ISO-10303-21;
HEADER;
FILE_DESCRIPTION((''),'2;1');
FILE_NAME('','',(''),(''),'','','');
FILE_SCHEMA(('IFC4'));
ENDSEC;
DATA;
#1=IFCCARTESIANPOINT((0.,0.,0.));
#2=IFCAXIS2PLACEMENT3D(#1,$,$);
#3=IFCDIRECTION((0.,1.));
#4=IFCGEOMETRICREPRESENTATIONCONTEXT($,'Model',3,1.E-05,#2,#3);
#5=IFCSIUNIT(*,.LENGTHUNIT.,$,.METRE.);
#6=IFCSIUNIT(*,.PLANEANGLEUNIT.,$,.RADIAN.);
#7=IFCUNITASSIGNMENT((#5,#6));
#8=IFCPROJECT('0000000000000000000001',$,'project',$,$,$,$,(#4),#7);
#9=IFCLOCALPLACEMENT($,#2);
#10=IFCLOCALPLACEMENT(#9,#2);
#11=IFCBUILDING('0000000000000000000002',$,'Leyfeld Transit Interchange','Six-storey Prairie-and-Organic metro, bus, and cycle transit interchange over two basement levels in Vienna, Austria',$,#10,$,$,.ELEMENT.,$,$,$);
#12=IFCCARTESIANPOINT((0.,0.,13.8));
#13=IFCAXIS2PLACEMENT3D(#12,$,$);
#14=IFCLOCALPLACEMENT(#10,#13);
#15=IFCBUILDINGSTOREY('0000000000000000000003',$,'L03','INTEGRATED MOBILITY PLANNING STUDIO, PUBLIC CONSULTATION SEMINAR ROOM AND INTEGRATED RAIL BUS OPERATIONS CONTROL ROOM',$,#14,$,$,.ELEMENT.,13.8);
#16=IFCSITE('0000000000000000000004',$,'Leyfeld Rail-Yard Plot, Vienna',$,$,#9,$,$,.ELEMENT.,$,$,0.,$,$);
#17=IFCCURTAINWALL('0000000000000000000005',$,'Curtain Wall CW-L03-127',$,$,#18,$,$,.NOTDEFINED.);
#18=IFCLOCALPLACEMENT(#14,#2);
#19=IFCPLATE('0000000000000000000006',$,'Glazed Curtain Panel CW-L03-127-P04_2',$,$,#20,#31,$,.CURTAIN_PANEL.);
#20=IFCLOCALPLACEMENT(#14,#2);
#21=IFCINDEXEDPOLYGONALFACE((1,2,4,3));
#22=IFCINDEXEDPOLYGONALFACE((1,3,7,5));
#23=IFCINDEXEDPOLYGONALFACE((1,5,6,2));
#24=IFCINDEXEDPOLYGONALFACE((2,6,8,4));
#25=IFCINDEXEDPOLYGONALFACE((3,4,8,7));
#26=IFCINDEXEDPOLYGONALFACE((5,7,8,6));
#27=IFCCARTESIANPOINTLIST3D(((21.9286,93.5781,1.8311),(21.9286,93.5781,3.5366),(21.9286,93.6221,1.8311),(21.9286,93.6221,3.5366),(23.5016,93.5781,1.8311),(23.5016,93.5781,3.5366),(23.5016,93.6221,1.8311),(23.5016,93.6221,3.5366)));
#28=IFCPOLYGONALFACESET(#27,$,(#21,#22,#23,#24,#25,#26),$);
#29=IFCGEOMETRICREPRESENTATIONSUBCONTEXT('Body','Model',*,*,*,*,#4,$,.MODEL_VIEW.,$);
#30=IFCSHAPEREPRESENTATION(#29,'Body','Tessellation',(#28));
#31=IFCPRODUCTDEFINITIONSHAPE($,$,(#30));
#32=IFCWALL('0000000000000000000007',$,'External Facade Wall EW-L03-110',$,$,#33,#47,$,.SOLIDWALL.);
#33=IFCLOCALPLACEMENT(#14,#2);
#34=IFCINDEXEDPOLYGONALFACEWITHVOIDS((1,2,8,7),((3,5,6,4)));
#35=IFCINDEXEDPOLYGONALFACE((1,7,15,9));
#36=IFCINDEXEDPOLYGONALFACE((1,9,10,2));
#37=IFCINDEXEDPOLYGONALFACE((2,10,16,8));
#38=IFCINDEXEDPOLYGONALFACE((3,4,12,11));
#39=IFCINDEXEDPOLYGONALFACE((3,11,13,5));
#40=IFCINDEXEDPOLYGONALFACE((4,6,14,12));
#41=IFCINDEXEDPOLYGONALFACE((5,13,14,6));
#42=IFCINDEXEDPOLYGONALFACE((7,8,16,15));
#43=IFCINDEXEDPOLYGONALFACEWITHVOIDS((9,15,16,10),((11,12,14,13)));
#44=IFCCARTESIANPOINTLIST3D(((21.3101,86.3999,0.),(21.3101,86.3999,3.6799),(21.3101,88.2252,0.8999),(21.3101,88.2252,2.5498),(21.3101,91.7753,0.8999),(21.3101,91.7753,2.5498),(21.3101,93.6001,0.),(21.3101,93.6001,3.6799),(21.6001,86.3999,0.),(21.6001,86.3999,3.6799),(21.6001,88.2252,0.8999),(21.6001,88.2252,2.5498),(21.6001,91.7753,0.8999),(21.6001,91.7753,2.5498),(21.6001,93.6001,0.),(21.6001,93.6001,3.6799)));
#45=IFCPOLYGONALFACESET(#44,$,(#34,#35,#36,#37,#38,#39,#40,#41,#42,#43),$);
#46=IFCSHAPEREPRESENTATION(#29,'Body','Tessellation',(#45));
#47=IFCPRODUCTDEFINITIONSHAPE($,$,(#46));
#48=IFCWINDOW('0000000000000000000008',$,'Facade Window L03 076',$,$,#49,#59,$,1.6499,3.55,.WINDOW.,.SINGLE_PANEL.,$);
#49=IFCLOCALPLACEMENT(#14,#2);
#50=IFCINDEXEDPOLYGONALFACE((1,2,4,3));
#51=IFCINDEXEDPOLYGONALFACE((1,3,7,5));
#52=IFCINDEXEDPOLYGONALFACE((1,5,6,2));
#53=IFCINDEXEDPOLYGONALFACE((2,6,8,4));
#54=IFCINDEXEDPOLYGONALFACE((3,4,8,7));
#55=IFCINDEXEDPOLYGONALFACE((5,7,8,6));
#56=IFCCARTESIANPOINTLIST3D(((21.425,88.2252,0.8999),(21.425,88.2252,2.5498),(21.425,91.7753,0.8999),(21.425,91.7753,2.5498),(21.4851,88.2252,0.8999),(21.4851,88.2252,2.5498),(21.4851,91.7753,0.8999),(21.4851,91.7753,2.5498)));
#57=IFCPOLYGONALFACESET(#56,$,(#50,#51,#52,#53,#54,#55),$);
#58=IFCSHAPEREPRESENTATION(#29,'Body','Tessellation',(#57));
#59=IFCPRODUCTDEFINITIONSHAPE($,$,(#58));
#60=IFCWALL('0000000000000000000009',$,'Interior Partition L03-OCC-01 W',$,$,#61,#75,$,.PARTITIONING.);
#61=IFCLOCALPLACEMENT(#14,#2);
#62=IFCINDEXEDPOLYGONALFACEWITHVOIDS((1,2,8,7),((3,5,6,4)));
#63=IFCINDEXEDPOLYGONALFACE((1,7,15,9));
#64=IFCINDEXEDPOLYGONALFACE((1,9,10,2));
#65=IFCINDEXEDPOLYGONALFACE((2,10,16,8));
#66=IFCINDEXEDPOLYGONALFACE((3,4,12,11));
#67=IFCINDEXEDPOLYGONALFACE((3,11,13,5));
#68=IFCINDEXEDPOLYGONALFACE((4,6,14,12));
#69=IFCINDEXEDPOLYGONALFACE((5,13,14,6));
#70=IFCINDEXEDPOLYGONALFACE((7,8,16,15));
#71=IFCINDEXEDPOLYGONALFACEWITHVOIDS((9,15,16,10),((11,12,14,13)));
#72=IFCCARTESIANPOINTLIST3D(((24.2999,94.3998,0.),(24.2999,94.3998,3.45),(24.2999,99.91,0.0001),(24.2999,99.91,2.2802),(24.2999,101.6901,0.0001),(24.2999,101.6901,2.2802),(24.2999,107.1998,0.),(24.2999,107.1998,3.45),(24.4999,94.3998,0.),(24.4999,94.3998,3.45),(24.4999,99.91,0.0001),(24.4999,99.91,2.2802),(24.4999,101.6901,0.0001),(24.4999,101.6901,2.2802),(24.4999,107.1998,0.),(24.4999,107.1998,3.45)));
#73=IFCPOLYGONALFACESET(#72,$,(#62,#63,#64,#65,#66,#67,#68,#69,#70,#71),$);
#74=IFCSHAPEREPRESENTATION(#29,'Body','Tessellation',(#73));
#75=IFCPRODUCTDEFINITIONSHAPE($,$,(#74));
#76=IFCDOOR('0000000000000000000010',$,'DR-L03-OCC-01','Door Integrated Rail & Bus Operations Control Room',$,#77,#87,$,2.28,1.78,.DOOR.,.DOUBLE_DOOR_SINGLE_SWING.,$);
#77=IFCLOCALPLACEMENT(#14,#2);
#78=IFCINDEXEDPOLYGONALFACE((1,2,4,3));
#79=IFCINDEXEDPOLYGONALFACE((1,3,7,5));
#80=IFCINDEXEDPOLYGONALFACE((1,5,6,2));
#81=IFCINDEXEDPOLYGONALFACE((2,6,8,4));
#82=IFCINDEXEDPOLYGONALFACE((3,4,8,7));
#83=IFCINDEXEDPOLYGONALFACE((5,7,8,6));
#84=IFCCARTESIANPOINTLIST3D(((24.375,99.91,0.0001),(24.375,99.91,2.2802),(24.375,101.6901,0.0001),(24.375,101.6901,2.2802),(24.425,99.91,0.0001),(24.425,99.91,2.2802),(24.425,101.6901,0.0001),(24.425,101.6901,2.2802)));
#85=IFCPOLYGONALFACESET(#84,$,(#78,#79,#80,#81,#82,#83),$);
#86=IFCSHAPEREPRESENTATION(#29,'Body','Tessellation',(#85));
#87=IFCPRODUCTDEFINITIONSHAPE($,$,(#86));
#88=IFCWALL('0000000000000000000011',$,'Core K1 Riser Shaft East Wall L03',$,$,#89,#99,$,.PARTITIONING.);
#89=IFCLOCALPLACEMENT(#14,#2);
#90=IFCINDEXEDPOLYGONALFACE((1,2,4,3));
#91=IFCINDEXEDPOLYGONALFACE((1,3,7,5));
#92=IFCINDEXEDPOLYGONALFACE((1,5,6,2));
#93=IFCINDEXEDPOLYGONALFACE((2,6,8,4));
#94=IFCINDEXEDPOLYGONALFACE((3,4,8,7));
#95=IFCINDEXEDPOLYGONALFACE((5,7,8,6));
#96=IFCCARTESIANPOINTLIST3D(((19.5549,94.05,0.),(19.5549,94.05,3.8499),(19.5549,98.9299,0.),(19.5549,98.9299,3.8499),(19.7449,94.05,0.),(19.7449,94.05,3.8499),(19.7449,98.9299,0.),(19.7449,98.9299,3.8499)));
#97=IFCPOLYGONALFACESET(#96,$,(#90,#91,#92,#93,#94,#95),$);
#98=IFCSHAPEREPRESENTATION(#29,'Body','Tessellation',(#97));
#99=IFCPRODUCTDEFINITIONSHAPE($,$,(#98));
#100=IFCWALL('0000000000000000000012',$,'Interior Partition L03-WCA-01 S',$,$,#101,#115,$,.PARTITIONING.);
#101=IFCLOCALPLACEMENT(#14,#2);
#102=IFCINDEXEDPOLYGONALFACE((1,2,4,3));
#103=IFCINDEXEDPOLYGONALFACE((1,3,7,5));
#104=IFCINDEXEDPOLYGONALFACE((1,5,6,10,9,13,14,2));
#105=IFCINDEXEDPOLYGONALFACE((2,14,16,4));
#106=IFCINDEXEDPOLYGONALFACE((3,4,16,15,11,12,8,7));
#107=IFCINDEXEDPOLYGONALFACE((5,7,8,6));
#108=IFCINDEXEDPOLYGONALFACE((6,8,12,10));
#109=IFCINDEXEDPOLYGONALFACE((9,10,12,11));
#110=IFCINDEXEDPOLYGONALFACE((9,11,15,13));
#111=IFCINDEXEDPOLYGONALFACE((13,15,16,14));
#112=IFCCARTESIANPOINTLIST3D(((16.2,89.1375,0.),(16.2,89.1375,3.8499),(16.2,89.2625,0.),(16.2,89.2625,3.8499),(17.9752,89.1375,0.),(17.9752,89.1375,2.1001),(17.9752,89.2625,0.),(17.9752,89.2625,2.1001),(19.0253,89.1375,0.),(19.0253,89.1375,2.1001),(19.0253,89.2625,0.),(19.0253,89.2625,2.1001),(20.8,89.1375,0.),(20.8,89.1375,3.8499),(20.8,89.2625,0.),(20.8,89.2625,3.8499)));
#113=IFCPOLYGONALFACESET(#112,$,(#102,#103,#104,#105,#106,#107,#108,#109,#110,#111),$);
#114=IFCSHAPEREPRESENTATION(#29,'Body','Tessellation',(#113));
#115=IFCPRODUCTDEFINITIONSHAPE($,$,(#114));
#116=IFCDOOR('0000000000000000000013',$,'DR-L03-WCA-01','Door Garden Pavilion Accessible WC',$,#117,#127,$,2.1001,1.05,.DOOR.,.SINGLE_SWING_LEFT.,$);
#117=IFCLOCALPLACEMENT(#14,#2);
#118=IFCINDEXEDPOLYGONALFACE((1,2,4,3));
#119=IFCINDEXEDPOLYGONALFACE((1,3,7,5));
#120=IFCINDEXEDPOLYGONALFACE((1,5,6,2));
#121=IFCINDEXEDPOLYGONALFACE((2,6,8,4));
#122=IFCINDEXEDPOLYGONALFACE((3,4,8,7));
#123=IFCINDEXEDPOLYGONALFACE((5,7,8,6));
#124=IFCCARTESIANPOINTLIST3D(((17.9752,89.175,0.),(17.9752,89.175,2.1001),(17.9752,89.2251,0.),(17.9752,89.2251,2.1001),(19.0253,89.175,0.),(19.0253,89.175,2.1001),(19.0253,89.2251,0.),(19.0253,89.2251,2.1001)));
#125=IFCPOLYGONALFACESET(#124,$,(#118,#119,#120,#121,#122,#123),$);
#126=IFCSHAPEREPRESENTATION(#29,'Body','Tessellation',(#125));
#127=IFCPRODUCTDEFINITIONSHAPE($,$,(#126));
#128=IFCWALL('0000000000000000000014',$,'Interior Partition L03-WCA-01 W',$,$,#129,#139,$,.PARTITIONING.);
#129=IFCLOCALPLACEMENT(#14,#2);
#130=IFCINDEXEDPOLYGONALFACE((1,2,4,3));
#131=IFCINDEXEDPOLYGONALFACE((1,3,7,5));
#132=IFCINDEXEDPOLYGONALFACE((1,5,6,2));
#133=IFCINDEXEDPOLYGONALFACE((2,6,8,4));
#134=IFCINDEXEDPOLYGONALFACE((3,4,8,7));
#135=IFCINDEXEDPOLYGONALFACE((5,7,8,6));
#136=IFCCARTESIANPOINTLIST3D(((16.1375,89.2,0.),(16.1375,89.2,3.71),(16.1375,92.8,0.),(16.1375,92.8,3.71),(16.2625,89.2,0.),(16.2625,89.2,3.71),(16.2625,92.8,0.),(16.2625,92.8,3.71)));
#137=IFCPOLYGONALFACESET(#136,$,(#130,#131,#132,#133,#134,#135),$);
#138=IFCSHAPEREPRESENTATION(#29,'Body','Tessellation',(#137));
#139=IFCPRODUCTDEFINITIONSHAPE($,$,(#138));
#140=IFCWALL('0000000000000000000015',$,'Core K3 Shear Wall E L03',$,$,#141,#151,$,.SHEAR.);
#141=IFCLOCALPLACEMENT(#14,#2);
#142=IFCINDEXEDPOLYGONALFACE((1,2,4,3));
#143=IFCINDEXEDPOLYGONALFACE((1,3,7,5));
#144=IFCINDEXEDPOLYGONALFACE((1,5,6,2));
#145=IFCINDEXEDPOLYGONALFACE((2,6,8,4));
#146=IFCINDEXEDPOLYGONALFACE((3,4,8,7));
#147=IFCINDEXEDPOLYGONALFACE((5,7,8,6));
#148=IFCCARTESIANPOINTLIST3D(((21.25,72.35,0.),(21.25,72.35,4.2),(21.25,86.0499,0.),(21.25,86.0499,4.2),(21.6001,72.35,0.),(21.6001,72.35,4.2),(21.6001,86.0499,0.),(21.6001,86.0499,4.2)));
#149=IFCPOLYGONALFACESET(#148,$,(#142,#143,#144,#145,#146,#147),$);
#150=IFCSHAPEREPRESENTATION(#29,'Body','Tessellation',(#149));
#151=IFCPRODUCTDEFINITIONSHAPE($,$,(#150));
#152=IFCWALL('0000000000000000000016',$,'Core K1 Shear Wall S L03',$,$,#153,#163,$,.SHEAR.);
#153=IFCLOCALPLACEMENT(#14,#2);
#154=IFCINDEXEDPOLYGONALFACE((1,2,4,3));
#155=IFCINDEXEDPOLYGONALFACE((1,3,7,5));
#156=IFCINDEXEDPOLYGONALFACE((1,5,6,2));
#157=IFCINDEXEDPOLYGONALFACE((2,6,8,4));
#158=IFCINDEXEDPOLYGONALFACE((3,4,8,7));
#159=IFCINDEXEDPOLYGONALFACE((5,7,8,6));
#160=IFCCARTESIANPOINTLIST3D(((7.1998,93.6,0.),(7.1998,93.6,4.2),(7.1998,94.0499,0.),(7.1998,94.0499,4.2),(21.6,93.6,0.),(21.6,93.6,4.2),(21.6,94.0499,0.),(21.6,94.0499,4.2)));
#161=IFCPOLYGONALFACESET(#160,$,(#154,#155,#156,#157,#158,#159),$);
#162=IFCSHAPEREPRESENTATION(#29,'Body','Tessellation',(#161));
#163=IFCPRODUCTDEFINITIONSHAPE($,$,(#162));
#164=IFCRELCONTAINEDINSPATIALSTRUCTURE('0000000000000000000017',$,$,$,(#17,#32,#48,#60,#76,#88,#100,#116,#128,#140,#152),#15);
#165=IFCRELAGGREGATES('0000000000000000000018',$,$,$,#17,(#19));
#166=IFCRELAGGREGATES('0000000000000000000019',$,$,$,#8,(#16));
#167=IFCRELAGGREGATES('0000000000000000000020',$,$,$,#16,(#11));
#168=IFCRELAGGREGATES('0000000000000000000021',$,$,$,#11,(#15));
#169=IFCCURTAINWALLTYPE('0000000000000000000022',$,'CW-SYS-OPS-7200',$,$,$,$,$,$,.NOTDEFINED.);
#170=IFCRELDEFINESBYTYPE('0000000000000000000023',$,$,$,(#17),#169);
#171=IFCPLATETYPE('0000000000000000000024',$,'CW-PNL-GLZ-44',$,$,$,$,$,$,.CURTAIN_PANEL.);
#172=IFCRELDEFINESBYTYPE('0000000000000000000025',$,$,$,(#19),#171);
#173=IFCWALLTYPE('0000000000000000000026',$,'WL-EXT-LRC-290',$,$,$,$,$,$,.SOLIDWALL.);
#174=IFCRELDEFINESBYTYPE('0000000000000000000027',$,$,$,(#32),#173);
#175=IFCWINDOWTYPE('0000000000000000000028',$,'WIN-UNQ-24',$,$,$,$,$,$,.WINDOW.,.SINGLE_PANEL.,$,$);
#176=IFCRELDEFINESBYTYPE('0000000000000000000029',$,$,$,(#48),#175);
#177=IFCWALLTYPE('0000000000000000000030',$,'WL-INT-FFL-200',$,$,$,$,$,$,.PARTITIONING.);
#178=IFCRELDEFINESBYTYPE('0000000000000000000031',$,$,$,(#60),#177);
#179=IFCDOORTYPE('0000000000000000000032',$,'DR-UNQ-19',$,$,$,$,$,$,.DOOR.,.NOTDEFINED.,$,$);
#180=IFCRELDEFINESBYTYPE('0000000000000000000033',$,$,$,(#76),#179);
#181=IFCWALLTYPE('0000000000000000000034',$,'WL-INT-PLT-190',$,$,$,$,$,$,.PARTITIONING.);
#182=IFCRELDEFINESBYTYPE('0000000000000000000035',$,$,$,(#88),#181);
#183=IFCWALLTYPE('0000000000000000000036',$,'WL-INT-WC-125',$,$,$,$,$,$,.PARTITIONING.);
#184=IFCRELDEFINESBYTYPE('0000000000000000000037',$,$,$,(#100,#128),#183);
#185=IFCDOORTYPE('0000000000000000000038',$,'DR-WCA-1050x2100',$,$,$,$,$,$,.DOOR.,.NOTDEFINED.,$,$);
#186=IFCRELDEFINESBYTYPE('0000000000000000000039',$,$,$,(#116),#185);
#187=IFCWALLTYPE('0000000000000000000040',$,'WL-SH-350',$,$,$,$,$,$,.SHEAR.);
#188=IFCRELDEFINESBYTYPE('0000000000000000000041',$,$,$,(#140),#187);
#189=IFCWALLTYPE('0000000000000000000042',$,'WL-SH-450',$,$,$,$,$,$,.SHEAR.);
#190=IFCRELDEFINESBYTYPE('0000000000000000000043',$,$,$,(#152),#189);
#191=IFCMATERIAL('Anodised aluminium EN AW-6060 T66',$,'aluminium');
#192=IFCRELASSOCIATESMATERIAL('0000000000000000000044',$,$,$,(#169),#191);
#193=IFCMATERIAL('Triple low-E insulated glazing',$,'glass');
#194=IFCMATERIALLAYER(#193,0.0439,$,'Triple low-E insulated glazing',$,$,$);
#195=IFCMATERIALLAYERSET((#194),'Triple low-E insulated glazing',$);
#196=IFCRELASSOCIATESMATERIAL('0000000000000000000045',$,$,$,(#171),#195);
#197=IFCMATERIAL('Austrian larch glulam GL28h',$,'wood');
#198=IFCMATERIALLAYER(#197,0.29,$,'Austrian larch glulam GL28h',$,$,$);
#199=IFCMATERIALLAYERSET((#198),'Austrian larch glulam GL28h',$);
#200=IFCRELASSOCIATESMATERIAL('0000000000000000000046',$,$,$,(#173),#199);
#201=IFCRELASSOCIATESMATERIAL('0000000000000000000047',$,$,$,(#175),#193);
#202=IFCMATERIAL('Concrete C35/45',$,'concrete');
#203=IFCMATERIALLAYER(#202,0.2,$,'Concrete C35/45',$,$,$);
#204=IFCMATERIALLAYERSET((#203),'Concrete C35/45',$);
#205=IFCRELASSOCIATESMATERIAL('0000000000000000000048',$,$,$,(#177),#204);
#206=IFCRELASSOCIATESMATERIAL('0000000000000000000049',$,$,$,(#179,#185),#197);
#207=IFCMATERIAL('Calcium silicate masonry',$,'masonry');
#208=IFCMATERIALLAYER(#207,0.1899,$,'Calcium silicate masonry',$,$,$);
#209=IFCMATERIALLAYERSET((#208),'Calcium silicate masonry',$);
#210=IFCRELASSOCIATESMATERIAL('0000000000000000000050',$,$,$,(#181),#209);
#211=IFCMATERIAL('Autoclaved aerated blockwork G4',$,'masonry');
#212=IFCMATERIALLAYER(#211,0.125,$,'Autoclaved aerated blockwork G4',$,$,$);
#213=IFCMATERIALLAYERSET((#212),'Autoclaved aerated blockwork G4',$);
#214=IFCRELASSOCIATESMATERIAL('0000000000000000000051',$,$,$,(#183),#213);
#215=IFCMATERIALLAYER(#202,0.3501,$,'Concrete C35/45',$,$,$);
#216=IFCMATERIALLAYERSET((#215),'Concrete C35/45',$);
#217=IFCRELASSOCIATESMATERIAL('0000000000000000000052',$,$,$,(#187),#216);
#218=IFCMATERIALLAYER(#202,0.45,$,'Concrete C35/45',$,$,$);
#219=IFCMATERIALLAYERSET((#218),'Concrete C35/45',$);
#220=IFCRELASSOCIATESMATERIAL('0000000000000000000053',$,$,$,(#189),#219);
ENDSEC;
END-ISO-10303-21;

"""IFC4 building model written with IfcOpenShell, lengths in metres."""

from ifc_helpers import new_model, si_unit, direction, frame, frame_2d, origin, origin_2d, place, context, subcontext, project, spatial, rectangle, extrude, material, layer, layer_set, type_object, element, fill, aggregate, save


model = new_model("IFC4")

# Units and contexts
model_context = context("Model", 3, precision=1e-05, world=origin(), true_north=direction((0.0, 1.0)))
body_context = subcontext(model_context, "Body", "Model", "MODEL_VIEW")
ifc_project = project(units=[si_unit("LENGTHUNIT", "METRE"), si_unit("PLANEANGLEUNIT", "RADIAN")], contexts=[model_context])

# Site, building, storey
site_placement = place(None, origin())
site = spatial("IfcSite", under=ifc_project, at=site_placement, Name="Leyfeld Rail-Yard Plot, Vienna", CompositionType="ELEMENT", RefElevation=0.0)
building_placement = place(site_placement, origin())
building = spatial("IfcBuilding", under=site, at=building_placement, Name="Leyfeld Transit Interchange", Description="Six-storey Prairie-and-Organic metro, bus, and cycle transit interchange over two basement levels in Vienna, Austria", CompositionType="ELEMENT")
storey_placement = place(building_placement, frame((0.0, 0.0, 13.8)))
storey = spatial("IfcBuildingStorey", under=building, at=storey_placement, Name="L03", Description="INTEGRATED MOBILITY PLANNING STUDIO, PUBLIC CONSULTATION SEMINAR ROOM AND INTEGRATED RAIL BUS OPERATIONS CONTROL ROOM", CompositionType="ELEMENT", Elevation=13.8)

# Shared definitions
ifc_material_1 = material(Name="Concrete C35/45", Category="concrete")

# Curtain wall, plate
ifc_material_2 = material(Name="Anodised aluminium EN AW-6060 T66", Category="aluminium")
curtain_wall_type = type_object("IfcCurtainWallType", Name="CW-SYS-OPS-7200", PredefinedType="NOTDEFINED", material=ifc_material_2)
curtain_wall_placement = place(storey_placement, origin())
curtain_wall = element("IfcCurtainWall", 1, at=curtain_wall_placement, inside=storey, type_object=curtain_wall_type, Name="Curtain Wall CW-L03-127", PredefinedType="NOTDEFINED")
ifc_material_3 = material(Name="Triple low-E insulated glazing", Category="glass")
ifc_layer_1 = layer(ifc_material_3, 0.0439, Name="Triple low-E insulated glazing")
ifc_layer_set_1 = layer_set([ifc_layer_1], Name="Triple low-E insulated glazing")
plate_type = type_object("IfcPlateType", Name="CW-PNL-GLZ-44", PredefinedType="CURTAIN_PANEL", material=ifc_layer_set_1)
plate_1_placement = place(storey_placement, frame((22.7151, 93.6001, 1.8311), z_axis=(0.0, 0.0, 1.0), x_axis=(-1.0, 0.0, 0.0)))
plate_1 = element("IfcPlate", 2, at=plate_1_placement, type_object=plate_type, Name="Glazed Curtain Panel CW-L03-127-P04_2", PredefinedType="CURTAIN_PANEL", context=body_context, shape_type="SweptSolid", body=[
    extrude(rectangle(XDim=1.573, YDim=0.0439, at=origin_2d()), origin(), (0.0, 0.0, 1.0), 1.7056),
])
aggregate(curtain_wall, [plate_1])

# Wall, opening, window
ifc_material_4 = material(Name="Austrian larch glulam GL28h", Category="wood")
ifc_layer_2 = layer(ifc_material_4, 0.29, Name="Austrian larch glulam GL28h")
ifc_layer_set_2 = layer_set([ifc_layer_2], Name="Austrian larch glulam GL28h")
wall_type_1 = type_object("IfcWallType", Name="WL-EXT-LRC-290", PredefinedType="SOLIDWALL", material=ifc_layer_set_2)
wall_1_placement = place(storey_placement, frame((21.4551, 93.6001, 0.0), z_axis=(0.0, 0.0, 1.0), x_axis=(0.0, -1.0, 0.0)))
wall_1 = element("IfcWall", 3, at=wall_1_placement, inside=storey, type_object=wall_type_1, Name="External Facade Wall EW-L03-110", PredefinedType="SOLIDWALL", context=body_context, shape_type="SweptSolid", body=[
    extrude(rectangle(XDim=7.2002, YDim=0.29, at=frame_2d((3.6001, 0.0))), origin(), (0.0, 0.0, 1.0), 3.6799),
])
opening_1_placement = place(wall_1_placement, frame((1.825, 0.0, 0.8999)))
opening_1 = element("IfcOpeningElement", 4, at=opening_1_placement, cuts=wall_1, PredefinedType="OPENING", context=body_context, shape_type="SweptSolid", body=[
    extrude(rectangle(XDim=3.55, YDim=1.6499, at=frame_2d((1.7749, 0.825))), frame((0.0, 0.155, 0.0), z_axis=(0.0, -1.0, 0.0), x_axis=(1.0, 0.0, 0.0)), (0.0, 0.0, 1.0), 0.3101),
])
window_type = type_object("IfcWindowType", Name="WIN-UNQ-24", PartitioningType="SINGLE_PANEL", PredefinedType="WINDOW", material=ifc_material_3)
window_placement = place(opening_1_placement, origin())
window = element("IfcWindow", 5, at=window_placement, inside=storey, type_object=window_type, Name="Facade Window L03 076", OverallHeight=1.6499, OverallWidth=3.55, PartitioningType="SINGLE_PANEL", PredefinedType="WINDOW", context=body_context, shape_type="SweptSolid", body=[
    extrude(rectangle(XDim=3.55, YDim=1.6499, at=frame_2d((1.7749, 0.825))), frame((0.0, 0.03, 0.0), z_axis=(0.0, -1.0, 0.0), x_axis=(1.0, 0.0, 0.0)), (0.0, 0.0, 1.0), 0.0601),
])
fill(opening_1, window)

# Wall, opening, door
ifc_layer_3 = layer(ifc_material_1, 0.2, Name="Concrete C35/45")
ifc_layer_set_3 = layer_set([ifc_layer_3], Name="Concrete C35/45")
wall_type_2 = type_object("IfcWallType", Name="WL-INT-FFL-200", PredefinedType="PARTITIONING", material=ifc_layer_set_3)
wall_2_placement = place(storey_placement, frame((24.3999, 94.3999, 0.0), z_axis=(0.0, 0.0, 1.0), x_axis=(0.0, 1.0, 0.0)))
wall_2 = element("IfcWall", 6, at=wall_2_placement, inside=storey, type_object=wall_type_2, Name="Interior Partition L03-OCC-01 W", PredefinedType="PARTITIONING", context=body_context, shape_type="SweptSolid", body=[
    extrude(rectangle(XDim=12.8, YDim=0.2, at=frame_2d((6.3999, 0.0))), origin(), (0.0, 0.0, 1.0), 3.45),
])
opening_2_placement = place(wall_2_placement, frame((5.51, 0.0, 0.0)))
opening_2 = element("IfcOpeningElement", 7, at=opening_2_placement, cuts=wall_2, PredefinedType="OPENING", context=body_context, shape_type="SweptSolid", body=[
    extrude(rectangle(XDim=1.78, YDim=2.28, at=frame_2d((0.8901, 1.1401))), frame((0.0, 0.1099, 0.0), z_axis=(0.0, -1.0, 0.0), x_axis=(1.0, 0.0, 0.0)), (0.0, 0.0, 1.0), 0.22),
])
door_type_1 = type_object("IfcDoorType", Name="DR-UNQ-19", OperationType="NOTDEFINED", PredefinedType="DOOR", material=ifc_material_4)
door_1_placement = place(opening_2_placement, origin())
door_1 = element("IfcDoor", 8, at=door_1_placement, inside=storey, type_object=door_type_1, Name="DR-L03-OCC-01", Description="Door Integrated Rail & Bus Operations Control Room", OperationType="DOUBLE_DOOR_SINGLE_SWING", OverallHeight=2.28, OverallWidth=1.78, PredefinedType="DOOR", context=body_context, shape_type="SweptSolid", body=[
    extrude(rectangle(XDim=1.78, YDim=2.28, at=frame_2d((0.8901, 1.1401))), frame((0.0, 0.0249, 0.0), z_axis=(0.0, -1.0, 0.0), x_axis=(1.0, 0.0, 0.0)), (0.0, 0.0, 1.0), 0.05),
])
fill(opening_2, door_1)

# Wall
ifc_material_5 = material(Name="Calcium silicate masonry", Category="masonry")
ifc_layer_4 = layer(ifc_material_5, 0.1899, Name="Calcium silicate masonry")
ifc_layer_set_4 = layer_set([ifc_layer_4], Name="Calcium silicate masonry")
wall_type_3 = type_object("IfcWallType", Name="WL-INT-PLT-190", PredefinedType="PARTITIONING", material=ifc_layer_set_4)
wall_3_placement = place(storey_placement, frame((19.6499, 94.05, 0.0), z_axis=(0.0, 0.0, 1.0), x_axis=(0.0, 1.0, 0.0)))
element("IfcWall", 9, at=wall_3_placement, inside=storey, type_object=wall_type_3, Name="Core K1 Riser Shaft East Wall L03", PredefinedType="PARTITIONING", context=body_context, shape_type="SweptSolid", body=[
    extrude(rectangle(XDim=4.8799, YDim=0.1899, at=frame_2d((2.4399, 0.0))), origin(), (0.0, 0.0, 1.0), 3.8499),
])

# Wall, opening, door
ifc_material_6 = material(Name="Autoclaved aerated blockwork G4", Category="masonry")
ifc_layer_5 = layer(ifc_material_6, 0.125, Name="Autoclaved aerated blockwork G4")
ifc_layer_set_5 = layer_set([ifc_layer_5], Name="Autoclaved aerated blockwork G4")
wall_type_4 = type_object("IfcWallType", Name="WL-INT-WC-125", PredefinedType="PARTITIONING", material=ifc_layer_set_5)
wall_4_placement = place(storey_placement, frame((20.8, 89.2, 0.0), z_axis=(0.0, 0.0, 1.0), x_axis=(-1.0, 0.0, 0.0)))
wall_4 = element("IfcWall", 10, at=wall_4_placement, inside=storey, type_object=wall_type_4, Name="Interior Partition L03-WCA-01 S", PredefinedType="PARTITIONING", context=body_context, shape_type="SweptSolid", body=[
    extrude(rectangle(XDim=4.6001, YDim=0.125, at=frame_2d((2.3, 0.0))), origin(), (0.0, 0.0, 1.0), 3.8499),
])
opening_3_placement = place(wall_4_placement, frame((1.7749, 0.0, 0.0)))
opening_3 = element("IfcOpeningElement", 11, at=opening_3_placement, cuts=wall_4, PredefinedType="OPENING", context=body_context, shape_type="SweptSolid", body=[
    extrude(rectangle(XDim=1.05, YDim=2.1001, at=frame_2d((0.5249, 1.05))), frame((0.0, 0.0725, 0.0), z_axis=(0.0, -1.0, 0.0), x_axis=(1.0, 0.0, 0.0)), (0.0, 0.0, 1.0), 0.145),
])
door_type_2 = type_object("IfcDoorType", Name="DR-WCA-1050x2100", OperationType="NOTDEFINED", PredefinedType="DOOR", material=ifc_material_4)
door_2_placement = place(opening_3_placement, origin())
door_2 = element("IfcDoor", 12, at=door_2_placement, inside=storey, type_object=door_type_2, Name="DR-L03-WCA-01", Description="Door Garden Pavilion Accessible WC", OperationType="SINGLE_SWING_LEFT", OverallHeight=2.1001, OverallWidth=1.05, PredefinedType="DOOR", context=body_context, shape_type="SweptSolid", body=[
    extrude(rectangle(XDim=1.05, YDim=2.1001, at=frame_2d((0.5249, 1.05))), frame((0.0, 0.0249, 0.0), z_axis=(0.0, -1.0, 0.0), x_axis=(1.0, 0.0, 0.0)), (0.0, 0.0, 1.0), 0.05),
])
fill(opening_3, door_2)

# Walls
wall_5_placement = place(storey_placement, frame((16.2, 89.2, 0.0), z_axis=(0.0, 0.0, 1.0), x_axis=(0.0, 1.0, 0.0)))
element("IfcWall", 13, at=wall_5_placement, inside=storey, type_object=wall_type_4, Name="Interior Partition L03-WCA-01 W", PredefinedType="PARTITIONING", context=body_context, shape_type="SweptSolid", body=[
    extrude(rectangle(XDim=3.6001, YDim=0.125, at=frame_2d((1.8, 0.0))), origin(), (0.0, 0.0, 1.0), 3.71),
])
ifc_layer_6 = layer(ifc_material_1, 0.3501, Name="Concrete C35/45")
ifc_layer_set_6 = layer_set([ifc_layer_6], Name="Concrete C35/45")
wall_type_5 = type_object("IfcWallType", Name="WL-SH-350", PredefinedType="SHEAR", material=ifc_layer_set_6)
wall_6_placement = place(storey_placement, frame((21.425, 86.05, 0.0), z_axis=(0.0, 0.0, 1.0), x_axis=(0.0, -1.0, 0.0)))
element("IfcWall", 14, at=wall_6_placement, inside=storey, type_object=wall_type_5, Name="Core K3 Shear Wall E L03", PredefinedType="SHEAR", context=body_context, shape_type="SweptSolid", body=[
    extrude(rectangle(XDim=13.7, YDim=0.3501, at=frame_2d((6.8501, 0.0))), origin(), (0.0, 0.0, 1.0), 4.2),
])
ifc_layer_7 = layer(ifc_material_1, 0.45, Name="Concrete C35/45")
ifc_layer_set_7 = layer_set([ifc_layer_7], Name="Concrete C35/45")
wall_type_6 = type_object("IfcWallType", Name="WL-SH-450", PredefinedType="SHEAR", material=ifc_layer_set_7)
wall_7_placement = place(storey_placement, frame((21.6001, 93.825, 0.0), z_axis=(0.0, 0.0, 1.0), x_axis=(-1.0, 0.0, 0.0)))
element("IfcWall", 15, at=wall_7_placement, inside=storey, type_object=wall_type_6, Name="Core K1 Shear Wall S L03", PredefinedType="SHEAR", context=body_context, shape_type="SweptSolid", body=[
    extrude(rectangle(XDim=14.4001, YDim=0.45, at=frame_2d((7.2002, 0.0))), origin(), (0.0, 0.0, 1.0), 4.2),
])

save(model, "model.ifc")
